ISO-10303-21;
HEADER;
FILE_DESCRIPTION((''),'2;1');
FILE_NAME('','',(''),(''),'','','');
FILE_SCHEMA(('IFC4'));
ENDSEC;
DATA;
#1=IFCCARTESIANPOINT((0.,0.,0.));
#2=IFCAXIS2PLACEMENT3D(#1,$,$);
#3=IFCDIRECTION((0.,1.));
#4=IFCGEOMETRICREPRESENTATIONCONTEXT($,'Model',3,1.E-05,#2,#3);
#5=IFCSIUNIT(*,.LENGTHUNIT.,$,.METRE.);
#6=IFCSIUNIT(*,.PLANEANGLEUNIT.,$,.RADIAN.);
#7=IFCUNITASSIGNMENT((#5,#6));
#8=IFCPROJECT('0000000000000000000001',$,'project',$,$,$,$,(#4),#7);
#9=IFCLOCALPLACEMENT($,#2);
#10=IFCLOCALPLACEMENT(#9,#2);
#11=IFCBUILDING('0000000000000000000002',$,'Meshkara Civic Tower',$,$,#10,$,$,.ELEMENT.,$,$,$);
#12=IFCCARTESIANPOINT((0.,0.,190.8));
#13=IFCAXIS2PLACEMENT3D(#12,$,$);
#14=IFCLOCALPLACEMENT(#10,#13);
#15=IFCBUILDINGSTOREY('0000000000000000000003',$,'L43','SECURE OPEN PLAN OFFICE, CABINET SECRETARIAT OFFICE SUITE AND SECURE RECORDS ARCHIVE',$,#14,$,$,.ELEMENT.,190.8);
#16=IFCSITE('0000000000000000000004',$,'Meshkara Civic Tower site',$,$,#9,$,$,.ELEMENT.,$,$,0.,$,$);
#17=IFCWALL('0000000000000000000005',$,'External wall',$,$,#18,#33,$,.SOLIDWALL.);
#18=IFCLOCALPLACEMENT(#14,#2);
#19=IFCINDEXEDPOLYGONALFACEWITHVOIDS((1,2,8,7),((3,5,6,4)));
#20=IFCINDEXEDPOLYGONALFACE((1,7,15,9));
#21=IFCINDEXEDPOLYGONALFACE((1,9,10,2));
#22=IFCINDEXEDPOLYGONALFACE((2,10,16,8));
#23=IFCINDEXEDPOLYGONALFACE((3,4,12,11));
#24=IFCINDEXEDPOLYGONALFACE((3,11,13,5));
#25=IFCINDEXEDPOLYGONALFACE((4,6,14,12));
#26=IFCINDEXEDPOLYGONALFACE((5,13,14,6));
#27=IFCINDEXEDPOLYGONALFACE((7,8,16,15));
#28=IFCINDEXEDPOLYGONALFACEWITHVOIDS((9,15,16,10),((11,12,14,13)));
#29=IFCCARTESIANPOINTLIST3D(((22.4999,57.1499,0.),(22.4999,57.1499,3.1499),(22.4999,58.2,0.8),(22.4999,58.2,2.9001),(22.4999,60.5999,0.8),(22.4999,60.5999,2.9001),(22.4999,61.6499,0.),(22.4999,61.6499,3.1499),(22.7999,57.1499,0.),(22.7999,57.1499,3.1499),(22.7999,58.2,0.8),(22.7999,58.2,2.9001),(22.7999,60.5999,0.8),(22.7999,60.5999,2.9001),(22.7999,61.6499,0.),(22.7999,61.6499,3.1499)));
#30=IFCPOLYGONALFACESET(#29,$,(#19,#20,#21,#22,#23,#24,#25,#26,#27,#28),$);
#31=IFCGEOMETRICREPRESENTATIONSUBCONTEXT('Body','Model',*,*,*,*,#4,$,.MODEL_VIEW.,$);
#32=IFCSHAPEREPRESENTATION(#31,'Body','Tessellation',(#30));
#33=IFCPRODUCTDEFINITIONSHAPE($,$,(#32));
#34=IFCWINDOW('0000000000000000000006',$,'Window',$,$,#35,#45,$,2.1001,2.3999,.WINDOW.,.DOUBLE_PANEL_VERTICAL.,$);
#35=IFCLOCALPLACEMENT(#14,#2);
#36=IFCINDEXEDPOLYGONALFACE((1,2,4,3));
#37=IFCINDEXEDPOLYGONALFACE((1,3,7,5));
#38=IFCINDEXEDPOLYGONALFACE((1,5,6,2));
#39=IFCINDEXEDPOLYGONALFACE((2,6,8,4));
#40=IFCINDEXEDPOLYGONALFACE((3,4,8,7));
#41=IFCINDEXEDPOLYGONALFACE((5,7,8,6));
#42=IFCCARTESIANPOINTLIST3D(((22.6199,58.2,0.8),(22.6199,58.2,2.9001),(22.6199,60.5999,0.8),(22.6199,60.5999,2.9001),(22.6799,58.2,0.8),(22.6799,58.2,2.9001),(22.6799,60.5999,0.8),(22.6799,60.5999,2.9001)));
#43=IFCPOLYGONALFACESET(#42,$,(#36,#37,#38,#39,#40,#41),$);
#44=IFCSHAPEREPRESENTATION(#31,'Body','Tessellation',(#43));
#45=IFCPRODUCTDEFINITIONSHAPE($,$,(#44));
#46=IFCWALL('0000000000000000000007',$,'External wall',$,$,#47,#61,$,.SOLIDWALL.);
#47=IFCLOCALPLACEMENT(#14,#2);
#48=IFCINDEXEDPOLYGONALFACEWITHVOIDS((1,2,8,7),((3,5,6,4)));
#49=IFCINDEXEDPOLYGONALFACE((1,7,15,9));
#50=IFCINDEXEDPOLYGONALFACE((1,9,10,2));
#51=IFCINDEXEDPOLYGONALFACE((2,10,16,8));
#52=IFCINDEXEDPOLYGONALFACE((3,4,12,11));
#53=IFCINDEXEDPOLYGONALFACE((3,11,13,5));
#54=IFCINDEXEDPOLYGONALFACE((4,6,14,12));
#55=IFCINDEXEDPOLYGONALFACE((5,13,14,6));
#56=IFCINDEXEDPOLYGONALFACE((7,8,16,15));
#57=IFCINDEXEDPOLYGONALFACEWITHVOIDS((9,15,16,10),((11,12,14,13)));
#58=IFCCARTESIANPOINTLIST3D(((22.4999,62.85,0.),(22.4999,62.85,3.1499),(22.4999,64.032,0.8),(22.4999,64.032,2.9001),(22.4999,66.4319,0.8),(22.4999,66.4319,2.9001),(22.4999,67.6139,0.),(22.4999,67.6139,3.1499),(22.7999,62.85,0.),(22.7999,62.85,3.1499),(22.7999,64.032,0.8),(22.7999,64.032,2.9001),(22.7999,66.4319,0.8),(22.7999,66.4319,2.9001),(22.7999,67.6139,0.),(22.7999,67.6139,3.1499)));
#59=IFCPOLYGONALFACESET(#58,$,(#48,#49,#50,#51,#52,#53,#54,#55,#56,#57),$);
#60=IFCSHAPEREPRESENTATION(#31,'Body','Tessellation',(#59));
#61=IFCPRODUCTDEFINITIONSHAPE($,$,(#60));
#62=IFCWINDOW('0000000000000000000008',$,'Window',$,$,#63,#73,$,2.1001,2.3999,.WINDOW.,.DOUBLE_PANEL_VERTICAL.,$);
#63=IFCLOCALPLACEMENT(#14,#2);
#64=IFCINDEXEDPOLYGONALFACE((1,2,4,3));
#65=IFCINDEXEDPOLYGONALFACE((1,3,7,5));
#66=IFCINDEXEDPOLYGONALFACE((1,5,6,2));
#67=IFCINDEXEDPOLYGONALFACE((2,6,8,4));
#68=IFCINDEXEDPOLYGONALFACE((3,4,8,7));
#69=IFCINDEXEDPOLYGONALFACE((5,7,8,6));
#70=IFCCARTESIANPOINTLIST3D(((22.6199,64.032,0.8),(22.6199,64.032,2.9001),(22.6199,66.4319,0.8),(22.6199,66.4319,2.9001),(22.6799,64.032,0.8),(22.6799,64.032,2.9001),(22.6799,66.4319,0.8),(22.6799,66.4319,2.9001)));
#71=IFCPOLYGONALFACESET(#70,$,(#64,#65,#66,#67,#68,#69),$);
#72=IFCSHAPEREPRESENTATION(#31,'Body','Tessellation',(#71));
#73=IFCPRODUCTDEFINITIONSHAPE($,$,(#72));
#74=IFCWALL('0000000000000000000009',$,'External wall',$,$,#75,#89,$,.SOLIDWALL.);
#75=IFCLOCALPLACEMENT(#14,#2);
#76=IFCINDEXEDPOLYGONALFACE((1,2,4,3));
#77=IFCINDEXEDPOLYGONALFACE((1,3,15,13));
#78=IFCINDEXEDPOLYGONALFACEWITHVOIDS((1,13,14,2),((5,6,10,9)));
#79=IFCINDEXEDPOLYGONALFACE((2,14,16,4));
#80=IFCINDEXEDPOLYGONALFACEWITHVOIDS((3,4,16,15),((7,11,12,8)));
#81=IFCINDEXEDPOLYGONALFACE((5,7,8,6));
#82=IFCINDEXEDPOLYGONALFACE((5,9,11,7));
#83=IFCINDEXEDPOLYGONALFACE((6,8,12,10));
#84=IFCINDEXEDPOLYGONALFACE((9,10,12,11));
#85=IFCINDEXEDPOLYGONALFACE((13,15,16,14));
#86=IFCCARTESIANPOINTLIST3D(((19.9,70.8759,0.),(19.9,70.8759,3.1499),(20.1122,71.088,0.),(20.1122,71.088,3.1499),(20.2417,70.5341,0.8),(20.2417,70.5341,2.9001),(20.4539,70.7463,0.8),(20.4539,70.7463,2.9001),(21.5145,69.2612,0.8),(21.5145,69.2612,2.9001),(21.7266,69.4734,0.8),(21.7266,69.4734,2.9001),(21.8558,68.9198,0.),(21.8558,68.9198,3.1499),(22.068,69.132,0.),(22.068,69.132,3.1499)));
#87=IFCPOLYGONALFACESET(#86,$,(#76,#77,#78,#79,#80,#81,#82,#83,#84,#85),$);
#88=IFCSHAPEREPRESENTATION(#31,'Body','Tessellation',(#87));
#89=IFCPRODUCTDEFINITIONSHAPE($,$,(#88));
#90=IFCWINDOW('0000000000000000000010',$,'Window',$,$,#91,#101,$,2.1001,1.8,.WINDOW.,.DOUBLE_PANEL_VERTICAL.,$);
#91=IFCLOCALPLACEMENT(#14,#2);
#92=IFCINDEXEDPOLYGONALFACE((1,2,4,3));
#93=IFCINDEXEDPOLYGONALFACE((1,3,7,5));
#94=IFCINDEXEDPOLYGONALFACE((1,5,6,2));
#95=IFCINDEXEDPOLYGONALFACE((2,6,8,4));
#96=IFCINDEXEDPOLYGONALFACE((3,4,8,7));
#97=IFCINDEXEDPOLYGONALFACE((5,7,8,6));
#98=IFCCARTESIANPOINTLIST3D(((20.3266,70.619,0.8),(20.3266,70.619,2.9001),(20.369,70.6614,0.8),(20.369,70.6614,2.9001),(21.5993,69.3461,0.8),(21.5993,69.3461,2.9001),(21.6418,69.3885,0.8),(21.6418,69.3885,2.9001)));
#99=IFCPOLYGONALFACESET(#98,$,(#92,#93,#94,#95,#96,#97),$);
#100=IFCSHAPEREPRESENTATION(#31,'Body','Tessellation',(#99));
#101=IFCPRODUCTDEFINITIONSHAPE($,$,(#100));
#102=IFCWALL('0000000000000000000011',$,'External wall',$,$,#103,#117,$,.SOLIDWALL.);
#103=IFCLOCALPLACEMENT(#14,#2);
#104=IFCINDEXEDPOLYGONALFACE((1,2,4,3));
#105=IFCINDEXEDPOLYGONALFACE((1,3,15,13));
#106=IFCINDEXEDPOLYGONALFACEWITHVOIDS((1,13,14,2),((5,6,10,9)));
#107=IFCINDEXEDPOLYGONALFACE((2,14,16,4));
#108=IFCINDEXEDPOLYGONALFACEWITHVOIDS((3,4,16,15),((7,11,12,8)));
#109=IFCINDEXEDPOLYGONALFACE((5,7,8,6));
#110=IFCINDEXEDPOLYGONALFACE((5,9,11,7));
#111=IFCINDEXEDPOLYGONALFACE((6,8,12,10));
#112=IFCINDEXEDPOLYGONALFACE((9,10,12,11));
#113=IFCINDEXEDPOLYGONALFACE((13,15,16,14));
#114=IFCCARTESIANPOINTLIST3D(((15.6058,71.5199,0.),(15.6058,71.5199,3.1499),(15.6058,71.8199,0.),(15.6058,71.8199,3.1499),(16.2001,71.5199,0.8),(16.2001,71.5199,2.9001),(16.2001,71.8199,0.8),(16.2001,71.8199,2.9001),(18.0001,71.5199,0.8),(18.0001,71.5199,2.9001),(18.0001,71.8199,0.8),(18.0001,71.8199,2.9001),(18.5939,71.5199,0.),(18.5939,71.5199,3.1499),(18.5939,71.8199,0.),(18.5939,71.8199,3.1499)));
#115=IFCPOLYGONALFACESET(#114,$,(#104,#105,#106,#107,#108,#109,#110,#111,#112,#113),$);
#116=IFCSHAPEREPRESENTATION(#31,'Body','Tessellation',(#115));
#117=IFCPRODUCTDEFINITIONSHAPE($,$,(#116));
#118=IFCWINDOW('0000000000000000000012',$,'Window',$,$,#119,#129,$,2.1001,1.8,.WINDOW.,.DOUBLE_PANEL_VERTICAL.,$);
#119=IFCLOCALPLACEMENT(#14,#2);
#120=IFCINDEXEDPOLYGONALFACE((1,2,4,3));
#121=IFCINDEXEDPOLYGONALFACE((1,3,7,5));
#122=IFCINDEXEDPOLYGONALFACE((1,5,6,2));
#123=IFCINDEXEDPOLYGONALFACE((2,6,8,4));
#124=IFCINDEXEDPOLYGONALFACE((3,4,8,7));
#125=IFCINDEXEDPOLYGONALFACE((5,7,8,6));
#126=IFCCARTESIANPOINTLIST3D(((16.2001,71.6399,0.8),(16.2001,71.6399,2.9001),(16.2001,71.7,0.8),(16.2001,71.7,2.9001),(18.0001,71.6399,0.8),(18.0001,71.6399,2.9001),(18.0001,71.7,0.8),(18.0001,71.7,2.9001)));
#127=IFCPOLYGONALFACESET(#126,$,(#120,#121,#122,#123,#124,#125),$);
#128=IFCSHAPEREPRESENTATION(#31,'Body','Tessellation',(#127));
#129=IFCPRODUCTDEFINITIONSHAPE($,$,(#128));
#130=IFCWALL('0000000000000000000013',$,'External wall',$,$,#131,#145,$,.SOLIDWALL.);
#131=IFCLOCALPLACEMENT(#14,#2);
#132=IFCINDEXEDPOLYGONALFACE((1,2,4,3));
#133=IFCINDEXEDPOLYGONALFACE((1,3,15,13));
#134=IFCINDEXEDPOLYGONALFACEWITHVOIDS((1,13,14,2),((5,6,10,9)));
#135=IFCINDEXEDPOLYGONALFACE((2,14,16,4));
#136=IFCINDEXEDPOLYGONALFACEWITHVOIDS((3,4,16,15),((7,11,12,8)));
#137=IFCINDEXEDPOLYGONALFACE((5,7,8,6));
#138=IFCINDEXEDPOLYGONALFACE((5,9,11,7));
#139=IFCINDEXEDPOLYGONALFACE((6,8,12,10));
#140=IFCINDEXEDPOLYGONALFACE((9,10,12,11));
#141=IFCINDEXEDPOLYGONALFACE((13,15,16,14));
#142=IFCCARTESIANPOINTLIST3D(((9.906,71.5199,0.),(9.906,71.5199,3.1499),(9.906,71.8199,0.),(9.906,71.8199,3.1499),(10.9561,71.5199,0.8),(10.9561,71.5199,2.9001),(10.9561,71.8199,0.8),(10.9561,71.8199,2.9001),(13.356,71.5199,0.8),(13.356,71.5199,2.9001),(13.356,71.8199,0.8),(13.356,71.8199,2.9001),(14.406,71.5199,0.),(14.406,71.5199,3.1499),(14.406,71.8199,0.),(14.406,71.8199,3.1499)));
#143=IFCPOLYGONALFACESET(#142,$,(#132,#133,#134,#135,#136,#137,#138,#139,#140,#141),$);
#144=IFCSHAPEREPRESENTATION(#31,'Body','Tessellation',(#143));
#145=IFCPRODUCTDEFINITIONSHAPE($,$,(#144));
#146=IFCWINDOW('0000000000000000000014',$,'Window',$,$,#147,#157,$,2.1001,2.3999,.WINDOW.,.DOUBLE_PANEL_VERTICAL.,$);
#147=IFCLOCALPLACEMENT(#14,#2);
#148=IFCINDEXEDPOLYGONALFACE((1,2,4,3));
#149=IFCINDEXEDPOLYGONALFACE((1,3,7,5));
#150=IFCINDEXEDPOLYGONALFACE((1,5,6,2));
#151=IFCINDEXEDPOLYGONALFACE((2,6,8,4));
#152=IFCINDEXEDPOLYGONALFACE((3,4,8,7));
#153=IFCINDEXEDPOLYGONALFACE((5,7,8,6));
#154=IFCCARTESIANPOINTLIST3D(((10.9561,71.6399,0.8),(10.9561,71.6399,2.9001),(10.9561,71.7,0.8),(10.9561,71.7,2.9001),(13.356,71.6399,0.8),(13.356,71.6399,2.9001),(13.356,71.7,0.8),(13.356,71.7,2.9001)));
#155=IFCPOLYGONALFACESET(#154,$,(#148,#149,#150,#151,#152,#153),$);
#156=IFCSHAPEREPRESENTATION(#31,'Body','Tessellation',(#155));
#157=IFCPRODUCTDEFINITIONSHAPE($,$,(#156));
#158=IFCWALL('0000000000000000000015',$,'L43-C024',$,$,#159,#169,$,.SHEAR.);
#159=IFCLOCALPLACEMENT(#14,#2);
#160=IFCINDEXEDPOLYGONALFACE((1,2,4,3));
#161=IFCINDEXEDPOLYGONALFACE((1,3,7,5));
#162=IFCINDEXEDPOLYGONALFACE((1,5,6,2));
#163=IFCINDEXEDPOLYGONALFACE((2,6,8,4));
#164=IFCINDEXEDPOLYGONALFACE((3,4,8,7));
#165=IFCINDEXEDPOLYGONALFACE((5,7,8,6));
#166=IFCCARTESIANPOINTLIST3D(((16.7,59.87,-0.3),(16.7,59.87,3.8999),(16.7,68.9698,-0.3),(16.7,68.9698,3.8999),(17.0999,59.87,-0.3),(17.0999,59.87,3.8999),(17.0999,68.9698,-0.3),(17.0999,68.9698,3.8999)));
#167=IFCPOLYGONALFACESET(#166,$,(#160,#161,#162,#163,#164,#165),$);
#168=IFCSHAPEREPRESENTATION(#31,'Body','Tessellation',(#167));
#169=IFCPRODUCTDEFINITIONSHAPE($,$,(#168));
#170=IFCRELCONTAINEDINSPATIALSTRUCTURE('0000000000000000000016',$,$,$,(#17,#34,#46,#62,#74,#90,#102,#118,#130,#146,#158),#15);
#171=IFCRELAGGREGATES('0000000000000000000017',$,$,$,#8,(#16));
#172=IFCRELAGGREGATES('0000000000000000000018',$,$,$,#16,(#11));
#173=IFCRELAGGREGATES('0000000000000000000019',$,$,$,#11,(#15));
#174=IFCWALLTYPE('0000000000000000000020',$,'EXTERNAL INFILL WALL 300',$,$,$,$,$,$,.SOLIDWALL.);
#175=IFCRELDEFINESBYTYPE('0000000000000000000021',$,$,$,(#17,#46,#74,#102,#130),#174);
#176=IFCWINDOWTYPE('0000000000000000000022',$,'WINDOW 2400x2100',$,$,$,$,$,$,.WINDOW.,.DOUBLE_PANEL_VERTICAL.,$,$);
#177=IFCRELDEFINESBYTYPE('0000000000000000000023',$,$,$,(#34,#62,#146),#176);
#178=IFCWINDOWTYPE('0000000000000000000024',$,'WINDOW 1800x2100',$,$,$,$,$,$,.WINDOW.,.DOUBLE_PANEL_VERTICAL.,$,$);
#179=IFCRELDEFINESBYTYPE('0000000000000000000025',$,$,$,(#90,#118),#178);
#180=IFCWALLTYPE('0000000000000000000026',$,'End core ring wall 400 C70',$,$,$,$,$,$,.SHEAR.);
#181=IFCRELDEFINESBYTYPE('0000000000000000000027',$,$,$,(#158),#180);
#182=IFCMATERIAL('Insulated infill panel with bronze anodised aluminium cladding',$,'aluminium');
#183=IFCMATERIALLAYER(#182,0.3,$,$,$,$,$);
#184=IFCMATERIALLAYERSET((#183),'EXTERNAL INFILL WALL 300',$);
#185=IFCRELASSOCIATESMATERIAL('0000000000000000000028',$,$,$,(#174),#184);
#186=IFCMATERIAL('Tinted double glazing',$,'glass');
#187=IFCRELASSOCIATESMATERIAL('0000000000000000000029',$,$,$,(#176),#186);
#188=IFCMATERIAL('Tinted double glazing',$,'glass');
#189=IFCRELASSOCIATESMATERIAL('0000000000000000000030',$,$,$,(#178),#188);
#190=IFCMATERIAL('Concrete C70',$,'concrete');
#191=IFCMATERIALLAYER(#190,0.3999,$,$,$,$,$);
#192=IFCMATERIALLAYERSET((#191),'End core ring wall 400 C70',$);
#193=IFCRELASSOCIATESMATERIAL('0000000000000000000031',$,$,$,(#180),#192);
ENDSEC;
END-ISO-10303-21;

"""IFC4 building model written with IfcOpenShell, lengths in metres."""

from ifc_helpers import new_model, si_unit, direction, frame, frame_2d, origin, place, context, subcontext, project, spatial, rectangle, extrude, material, layer, layer_set, type_object, element, fill, save


model = new_model("IFC4")

# Units and contexts
model_context = context("Model", 3, precision=1e-05, world=origin(), true_north=direction((0.0, 1.0)))
body_context = subcontext(model_context, "Body", "Model", "MODEL_VIEW")
ifc_project = project(units=[si_unit("LENGTHUNIT", "METRE"), si_unit("PLANEANGLEUNIT", "RADIAN")], contexts=[model_context])

# Site, building, storey
site_placement = place(None, origin())
site = spatial("IfcSite", under=ifc_project, at=site_placement, Name="Meshkara Civic Tower site", CompositionType="ELEMENT", RefElevation=0.0)
building_placement = place(site_placement, origin())
building = spatial("IfcBuilding", under=site, at=building_placement, Name="Meshkara Civic Tower", CompositionType="ELEMENT")
storey_placement = place(building_placement, frame((0.0, 0.0, 190.8)))
storey = spatial("IfcBuildingStorey", under=building, at=storey_placement, Name="L43", Description="SECURE OPEN PLAN OFFICE, CABINET SECRETARIAT OFFICE SUITE AND SECURE RECORDS ARCHIVE", CompositionType="ELEMENT", Elevation=190.8)

# Walls, openings, windows
ifc_material_1 = material(Name="Insulated infill panel with bronze anodised aluminium cladding", Category="aluminium")
ifc_layer_1 = layer(ifc_material_1, 0.3)
ifc_layer_set_1 = layer_set([ifc_layer_1], Name="EXTERNAL INFILL WALL 300")
wall_type_1 = type_object("IfcWallType", Name="EXTERNAL INFILL WALL 300", PredefinedType="SOLIDWALL", material=ifc_layer_set_1)
wall_1_placement = place(storey_placement, frame((22.6499, 57.1499, 0.0), z_axis=(0.0, 0.0, 1.0), x_axis=(0.0, 1.0, 0.0)))
wall_1 = element("IfcWall", 1, at=wall_1_placement, inside=storey, type_object=wall_type_1, Name="External wall", PredefinedType="SOLIDWALL", context=body_context, shape_type="SweptSolid", body=[
    extrude(rectangle(XDim=4.5, YDim=0.3, at=frame_2d((2.25, 0.0))), origin(), (0.0, 0.0, 1.0), 3.1499),
])
opening_1_placement = place(wall_1_placement, frame((1.05, 0.0, 0.8)))
opening_1 = element("IfcOpeningElement", 2, at=opening_1_placement, cuts=wall_1, PredefinedType="OPENING", context=body_context, shape_type="SweptSolid", body=[
    extrude(rectangle(XDim=2.3999, YDim=2.1001, at=frame_2d((1.2, 1.05))), frame((0.0, 0.1599, 0.0), z_axis=(0.0, -1.0, 0.0), x_axis=(1.0, 0.0, 0.0)), (0.0, 0.0, 1.0), 0.3201),
])
ifc_material_2 = material(Name="Tinted double glazing", Category="glass")
window_type_1 = type_object("IfcWindowType", Name="WINDOW 2400x2100", PartitioningType="DOUBLE_PANEL_VERTICAL", PredefinedType="WINDOW", material=ifc_material_2)
window_1_placement = place(opening_1_placement, origin())
window_1 = element("IfcWindow", 3, at=window_1_placement, inside=storey, type_object=window_type_1, Name="Window", OverallHeight=2.1001, OverallWidth=2.3999, PartitioningType="DOUBLE_PANEL_VERTICAL", PredefinedType="WINDOW", context=body_context, shape_type="SweptSolid", body=[
    extrude(rectangle(XDim=2.3999, YDim=2.1001, at=frame_2d((1.2, 1.05))), frame((0.0, 0.03, 0.0), z_axis=(0.0, -1.0, 0.0), x_axis=(1.0, 0.0, 0.0)), (0.0, 0.0, 1.0), 0.0601),
])
fill(opening_1, window_1)
wall_2_placement = place(storey_placement, frame((22.6499, 62.8501, 0.0), z_axis=(0.0, 0.0, 1.0), x_axis=(0.0, 1.0, 0.0)))
wall_2 = element("IfcWall", 4, at=wall_2_placement, inside=storey, type_object=wall_type_1, Name="External wall", PredefinedType="SOLIDWALL", context=body_context, shape_type="SweptSolid", body=[
    extrude(rectangle(XDim=4.7639, YDim=0.3, at=frame_2d((2.3818, 0.0))), origin(), (0.0, 0.0, 1.0), 3.1499),
])
opening_2_placement = place(wall_2_placement, frame((1.1819, 0.0, 0.8)))
opening_2 = element("IfcOpeningElement", 5, at=opening_2_placement, cuts=wall_2, PredefinedType="OPENING", context=body_context, shape_type="SweptSolid", body=[
    extrude(rectangle(XDim=2.3999, YDim=2.1001, at=frame_2d((1.2, 1.05))), frame((0.0, 0.1599, 0.0), z_axis=(0.0, -1.0, 0.0), x_axis=(1.0, 0.0, 0.0)), (0.0, 0.0, 1.0), 0.3201),
])
window_2_placement = place(opening_2_placement, origin())
window_2 = element("IfcWindow", 6, at=window_2_placement, inside=storey, type_object=window_type_1, Name="Window", OverallHeight=2.1001, OverallWidth=2.3999, PartitioningType="DOUBLE_PANEL_VERTICAL", PredefinedType="WINDOW", context=body_context, shape_type="SweptSolid", body=[
    extrude(rectangle(XDim=2.3999, YDim=2.1001, at=frame_2d((1.2, 1.05))), frame((0.0, 0.03, 0.0), z_axis=(0.0, -1.0, 0.0), x_axis=(1.0, 0.0, 0.0)), (0.0, 0.0, 1.0), 0.0601),
])
fill(opening_2, window_2)
wall_3_placement = place(storey_placement, frame((21.9619, 69.0259, 0.0), z_axis=(0.0, 0.0, 1.0), x_axis=(-0.707063, 0.707151, 0.0)))
wall_3 = element("IfcWall", 7, at=wall_3_placement, inside=storey, type_object=wall_type_1, Name="External wall", PredefinedType="SOLIDWALL", context=body_context, shape_type="SweptSolid", body=[
    extrude(rectangle(XDim=2.7661, YDim=0.3, at=frame_2d((1.3831, 0.0))), origin(), (0.0, 0.0, 1.0), 3.1499),
])
opening_3_placement = place(wall_3_placement, frame((0.4829, 0.0, 0.8)))
opening_3 = element("IfcOpeningElement", 8, at=opening_3_placement, cuts=wall_3, PredefinedType="OPENING", context=body_context, shape_type="SweptSolid", body=[
    extrude(rectangle(XDim=1.8, YDim=2.1001, at=frame_2d((0.8999, 1.05))), frame((0.0, 0.1599, 0.0), z_axis=(0.0, -1.0, 0.0), x_axis=(1.0, 0.0, 0.0)), (0.0, 0.0, 1.0), 0.3201),
])
ifc_material_3 = material(Name="Tinted double glazing", Category="glass")
window_type_2 = type_object("IfcWindowType", Name="WINDOW 1800x2100", PartitioningType="DOUBLE_PANEL_VERTICAL", PredefinedType="WINDOW", material=ifc_material_3)
window_3_placement = place(opening_3_placement, origin())
window_3 = element("IfcWindow", 9, at=window_3_placement, inside=storey, type_object=window_type_2, Name="Window", OverallHeight=2.1001, OverallWidth=1.8, PartitioningType="DOUBLE_PANEL_VERTICAL", PredefinedType="WINDOW", context=body_context, shape_type="SweptSolid", body=[
    extrude(rectangle(XDim=1.8, YDim=2.1001, at=frame_2d((0.8999, 1.05))), frame((0.0, 0.03, 0.0), z_axis=(0.0, -1.0, 0.0), x_axis=(1.0, 0.0, 0.0)), (0.0, 0.0, 1.0), 0.0601),
])
fill(opening_3, window_3)
wall_4_placement = place(storey_placement, frame((18.594, 71.6699, 0.0), z_axis=(0.0, 0.0, 1.0), x_axis=(-1.0, 0.0, 0.0)))
wall_4 = element("IfcWall", 10, at=wall_4_placement, inside=storey, type_object=wall_type_1, Name="External wall", PredefinedType="SOLIDWALL", context=body_context, shape_type="SweptSolid", body=[
    extrude(rectangle(XDim=2.988, YDim=0.3, at=frame_2d((1.4941, 0.0))), origin(), (0.0, 0.0, 1.0), 3.1499),
])
opening_4_placement = place(wall_4_placement, frame((0.594, 0.0, 0.8)))
opening_4 = element("IfcOpeningElement", 11, at=opening_4_placement, cuts=wall_4, PredefinedType="OPENING", context=body_context, shape_type="SweptSolid", body=[
    extrude(rectangle(XDim=1.8, YDim=2.1001, at=frame_2d((0.8999, 1.05))), frame((0.0, 0.1599, 0.0), z_axis=(0.0, -1.0, 0.0), x_axis=(1.0, 0.0, 0.0)), (0.0, 0.0, 1.0), 0.3201),
])
window_4_placement = place(opening_4_placement, origin())
window_4 = element("IfcWindow", 12, at=window_4_placement, inside=storey, type_object=window_type_2, Name="Window", OverallHeight=2.1001, OverallWidth=1.8, PartitioningType="DOUBLE_PANEL_VERTICAL", PredefinedType="WINDOW", context=body_context, shape_type="SweptSolid", body=[
    extrude(rectangle(XDim=1.8, YDim=2.1001, at=frame_2d((0.8999, 1.05))), frame((0.0, 0.03, 0.0), z_axis=(0.0, -1.0, 0.0), x_axis=(1.0, 0.0, 0.0)), (0.0, 0.0, 1.0), 0.0601),
])
fill(opening_4, window_4)
wall_5_placement = place(storey_placement, frame((14.406, 71.6699, 0.0), z_axis=(0.0, 0.0, 1.0), x_axis=(-1.0, 0.0, 0.0)))
wall_5 = element("IfcWall", 13, at=wall_5_placement, inside=storey, type_object=wall_type_1, Name="External wall", PredefinedType="SOLIDWALL", context=body_context, shape_type="SweptSolid", body=[
    extrude(rectangle(XDim=4.5, YDim=0.3, at=frame_2d((2.25, 0.0))), origin(), (0.0, 0.0, 1.0), 3.1499),
])
opening_5_placement = place(wall_5_placement, frame((1.05, 0.0, 0.8)))
opening_5 = element("IfcOpeningElement", 14, at=opening_5_placement, cuts=wall_5, PredefinedType="OPENING", context=body_context, shape_type="SweptSolid", body=[
    extrude(rectangle(XDim=2.3999, YDim=2.1001, at=frame_2d((1.2, 1.05))), frame((0.0, 0.1599, 0.0), z_axis=(0.0, -1.0, 0.0), x_axis=(1.0, 0.0, 0.0)), (0.0, 0.0, 1.0), 0.3201),
])
window_5_placement = place(opening_5_placement, origin())
window_5 = element("IfcWindow", 15, at=window_5_placement, inside=storey, type_object=window_type_1, Name="Window", OverallHeight=2.1001, OverallWidth=2.3999, PartitioningType="DOUBLE_PANEL_VERTICAL", PredefinedType="WINDOW", context=body_context, shape_type="SweptSolid", body=[
    extrude(rectangle(XDim=2.3999, YDim=2.1001, at=frame_2d((1.2, 1.05))), frame((0.0, 0.03, 0.0), z_axis=(0.0, -1.0, 0.0), x_axis=(1.0, 0.0, 0.0)), (0.0, 0.0, 1.0), 0.0601),
])
fill(opening_5, window_5)

# Wall
ifc_material_4 = material(Name="Concrete C70", Category="concrete")
ifc_layer_2 = layer(ifc_material_4, 0.3999)
ifc_layer_set_2 = layer_set([ifc_layer_2], Name="End core ring wall 400 C70")
wall_type_2 = type_object("IfcWallType", Name="End core ring wall 400 C70", PredefinedType="SHEAR", material=ifc_layer_set_2)
wall_6_placement = place(storey_placement, frame((16.8999, 59.8701, -0.3), z_axis=(0.0, 0.0, 1.0), x_axis=(0.0, 1.0, 0.0)))
element("IfcWall", 16, at=wall_6_placement, inside=storey, type_object=wall_type_2, Name="L43-C024", PredefinedType="SHEAR", context=body_context, shape_type="SweptSolid", body=[
    extrude(rectangle(XDim=9.0999, YDim=0.3999, at=frame_2d((4.5498, 0.0))), origin(), (0.0, 0.0, 1.0), 4.2),
])

save(model, "model.ifc")
